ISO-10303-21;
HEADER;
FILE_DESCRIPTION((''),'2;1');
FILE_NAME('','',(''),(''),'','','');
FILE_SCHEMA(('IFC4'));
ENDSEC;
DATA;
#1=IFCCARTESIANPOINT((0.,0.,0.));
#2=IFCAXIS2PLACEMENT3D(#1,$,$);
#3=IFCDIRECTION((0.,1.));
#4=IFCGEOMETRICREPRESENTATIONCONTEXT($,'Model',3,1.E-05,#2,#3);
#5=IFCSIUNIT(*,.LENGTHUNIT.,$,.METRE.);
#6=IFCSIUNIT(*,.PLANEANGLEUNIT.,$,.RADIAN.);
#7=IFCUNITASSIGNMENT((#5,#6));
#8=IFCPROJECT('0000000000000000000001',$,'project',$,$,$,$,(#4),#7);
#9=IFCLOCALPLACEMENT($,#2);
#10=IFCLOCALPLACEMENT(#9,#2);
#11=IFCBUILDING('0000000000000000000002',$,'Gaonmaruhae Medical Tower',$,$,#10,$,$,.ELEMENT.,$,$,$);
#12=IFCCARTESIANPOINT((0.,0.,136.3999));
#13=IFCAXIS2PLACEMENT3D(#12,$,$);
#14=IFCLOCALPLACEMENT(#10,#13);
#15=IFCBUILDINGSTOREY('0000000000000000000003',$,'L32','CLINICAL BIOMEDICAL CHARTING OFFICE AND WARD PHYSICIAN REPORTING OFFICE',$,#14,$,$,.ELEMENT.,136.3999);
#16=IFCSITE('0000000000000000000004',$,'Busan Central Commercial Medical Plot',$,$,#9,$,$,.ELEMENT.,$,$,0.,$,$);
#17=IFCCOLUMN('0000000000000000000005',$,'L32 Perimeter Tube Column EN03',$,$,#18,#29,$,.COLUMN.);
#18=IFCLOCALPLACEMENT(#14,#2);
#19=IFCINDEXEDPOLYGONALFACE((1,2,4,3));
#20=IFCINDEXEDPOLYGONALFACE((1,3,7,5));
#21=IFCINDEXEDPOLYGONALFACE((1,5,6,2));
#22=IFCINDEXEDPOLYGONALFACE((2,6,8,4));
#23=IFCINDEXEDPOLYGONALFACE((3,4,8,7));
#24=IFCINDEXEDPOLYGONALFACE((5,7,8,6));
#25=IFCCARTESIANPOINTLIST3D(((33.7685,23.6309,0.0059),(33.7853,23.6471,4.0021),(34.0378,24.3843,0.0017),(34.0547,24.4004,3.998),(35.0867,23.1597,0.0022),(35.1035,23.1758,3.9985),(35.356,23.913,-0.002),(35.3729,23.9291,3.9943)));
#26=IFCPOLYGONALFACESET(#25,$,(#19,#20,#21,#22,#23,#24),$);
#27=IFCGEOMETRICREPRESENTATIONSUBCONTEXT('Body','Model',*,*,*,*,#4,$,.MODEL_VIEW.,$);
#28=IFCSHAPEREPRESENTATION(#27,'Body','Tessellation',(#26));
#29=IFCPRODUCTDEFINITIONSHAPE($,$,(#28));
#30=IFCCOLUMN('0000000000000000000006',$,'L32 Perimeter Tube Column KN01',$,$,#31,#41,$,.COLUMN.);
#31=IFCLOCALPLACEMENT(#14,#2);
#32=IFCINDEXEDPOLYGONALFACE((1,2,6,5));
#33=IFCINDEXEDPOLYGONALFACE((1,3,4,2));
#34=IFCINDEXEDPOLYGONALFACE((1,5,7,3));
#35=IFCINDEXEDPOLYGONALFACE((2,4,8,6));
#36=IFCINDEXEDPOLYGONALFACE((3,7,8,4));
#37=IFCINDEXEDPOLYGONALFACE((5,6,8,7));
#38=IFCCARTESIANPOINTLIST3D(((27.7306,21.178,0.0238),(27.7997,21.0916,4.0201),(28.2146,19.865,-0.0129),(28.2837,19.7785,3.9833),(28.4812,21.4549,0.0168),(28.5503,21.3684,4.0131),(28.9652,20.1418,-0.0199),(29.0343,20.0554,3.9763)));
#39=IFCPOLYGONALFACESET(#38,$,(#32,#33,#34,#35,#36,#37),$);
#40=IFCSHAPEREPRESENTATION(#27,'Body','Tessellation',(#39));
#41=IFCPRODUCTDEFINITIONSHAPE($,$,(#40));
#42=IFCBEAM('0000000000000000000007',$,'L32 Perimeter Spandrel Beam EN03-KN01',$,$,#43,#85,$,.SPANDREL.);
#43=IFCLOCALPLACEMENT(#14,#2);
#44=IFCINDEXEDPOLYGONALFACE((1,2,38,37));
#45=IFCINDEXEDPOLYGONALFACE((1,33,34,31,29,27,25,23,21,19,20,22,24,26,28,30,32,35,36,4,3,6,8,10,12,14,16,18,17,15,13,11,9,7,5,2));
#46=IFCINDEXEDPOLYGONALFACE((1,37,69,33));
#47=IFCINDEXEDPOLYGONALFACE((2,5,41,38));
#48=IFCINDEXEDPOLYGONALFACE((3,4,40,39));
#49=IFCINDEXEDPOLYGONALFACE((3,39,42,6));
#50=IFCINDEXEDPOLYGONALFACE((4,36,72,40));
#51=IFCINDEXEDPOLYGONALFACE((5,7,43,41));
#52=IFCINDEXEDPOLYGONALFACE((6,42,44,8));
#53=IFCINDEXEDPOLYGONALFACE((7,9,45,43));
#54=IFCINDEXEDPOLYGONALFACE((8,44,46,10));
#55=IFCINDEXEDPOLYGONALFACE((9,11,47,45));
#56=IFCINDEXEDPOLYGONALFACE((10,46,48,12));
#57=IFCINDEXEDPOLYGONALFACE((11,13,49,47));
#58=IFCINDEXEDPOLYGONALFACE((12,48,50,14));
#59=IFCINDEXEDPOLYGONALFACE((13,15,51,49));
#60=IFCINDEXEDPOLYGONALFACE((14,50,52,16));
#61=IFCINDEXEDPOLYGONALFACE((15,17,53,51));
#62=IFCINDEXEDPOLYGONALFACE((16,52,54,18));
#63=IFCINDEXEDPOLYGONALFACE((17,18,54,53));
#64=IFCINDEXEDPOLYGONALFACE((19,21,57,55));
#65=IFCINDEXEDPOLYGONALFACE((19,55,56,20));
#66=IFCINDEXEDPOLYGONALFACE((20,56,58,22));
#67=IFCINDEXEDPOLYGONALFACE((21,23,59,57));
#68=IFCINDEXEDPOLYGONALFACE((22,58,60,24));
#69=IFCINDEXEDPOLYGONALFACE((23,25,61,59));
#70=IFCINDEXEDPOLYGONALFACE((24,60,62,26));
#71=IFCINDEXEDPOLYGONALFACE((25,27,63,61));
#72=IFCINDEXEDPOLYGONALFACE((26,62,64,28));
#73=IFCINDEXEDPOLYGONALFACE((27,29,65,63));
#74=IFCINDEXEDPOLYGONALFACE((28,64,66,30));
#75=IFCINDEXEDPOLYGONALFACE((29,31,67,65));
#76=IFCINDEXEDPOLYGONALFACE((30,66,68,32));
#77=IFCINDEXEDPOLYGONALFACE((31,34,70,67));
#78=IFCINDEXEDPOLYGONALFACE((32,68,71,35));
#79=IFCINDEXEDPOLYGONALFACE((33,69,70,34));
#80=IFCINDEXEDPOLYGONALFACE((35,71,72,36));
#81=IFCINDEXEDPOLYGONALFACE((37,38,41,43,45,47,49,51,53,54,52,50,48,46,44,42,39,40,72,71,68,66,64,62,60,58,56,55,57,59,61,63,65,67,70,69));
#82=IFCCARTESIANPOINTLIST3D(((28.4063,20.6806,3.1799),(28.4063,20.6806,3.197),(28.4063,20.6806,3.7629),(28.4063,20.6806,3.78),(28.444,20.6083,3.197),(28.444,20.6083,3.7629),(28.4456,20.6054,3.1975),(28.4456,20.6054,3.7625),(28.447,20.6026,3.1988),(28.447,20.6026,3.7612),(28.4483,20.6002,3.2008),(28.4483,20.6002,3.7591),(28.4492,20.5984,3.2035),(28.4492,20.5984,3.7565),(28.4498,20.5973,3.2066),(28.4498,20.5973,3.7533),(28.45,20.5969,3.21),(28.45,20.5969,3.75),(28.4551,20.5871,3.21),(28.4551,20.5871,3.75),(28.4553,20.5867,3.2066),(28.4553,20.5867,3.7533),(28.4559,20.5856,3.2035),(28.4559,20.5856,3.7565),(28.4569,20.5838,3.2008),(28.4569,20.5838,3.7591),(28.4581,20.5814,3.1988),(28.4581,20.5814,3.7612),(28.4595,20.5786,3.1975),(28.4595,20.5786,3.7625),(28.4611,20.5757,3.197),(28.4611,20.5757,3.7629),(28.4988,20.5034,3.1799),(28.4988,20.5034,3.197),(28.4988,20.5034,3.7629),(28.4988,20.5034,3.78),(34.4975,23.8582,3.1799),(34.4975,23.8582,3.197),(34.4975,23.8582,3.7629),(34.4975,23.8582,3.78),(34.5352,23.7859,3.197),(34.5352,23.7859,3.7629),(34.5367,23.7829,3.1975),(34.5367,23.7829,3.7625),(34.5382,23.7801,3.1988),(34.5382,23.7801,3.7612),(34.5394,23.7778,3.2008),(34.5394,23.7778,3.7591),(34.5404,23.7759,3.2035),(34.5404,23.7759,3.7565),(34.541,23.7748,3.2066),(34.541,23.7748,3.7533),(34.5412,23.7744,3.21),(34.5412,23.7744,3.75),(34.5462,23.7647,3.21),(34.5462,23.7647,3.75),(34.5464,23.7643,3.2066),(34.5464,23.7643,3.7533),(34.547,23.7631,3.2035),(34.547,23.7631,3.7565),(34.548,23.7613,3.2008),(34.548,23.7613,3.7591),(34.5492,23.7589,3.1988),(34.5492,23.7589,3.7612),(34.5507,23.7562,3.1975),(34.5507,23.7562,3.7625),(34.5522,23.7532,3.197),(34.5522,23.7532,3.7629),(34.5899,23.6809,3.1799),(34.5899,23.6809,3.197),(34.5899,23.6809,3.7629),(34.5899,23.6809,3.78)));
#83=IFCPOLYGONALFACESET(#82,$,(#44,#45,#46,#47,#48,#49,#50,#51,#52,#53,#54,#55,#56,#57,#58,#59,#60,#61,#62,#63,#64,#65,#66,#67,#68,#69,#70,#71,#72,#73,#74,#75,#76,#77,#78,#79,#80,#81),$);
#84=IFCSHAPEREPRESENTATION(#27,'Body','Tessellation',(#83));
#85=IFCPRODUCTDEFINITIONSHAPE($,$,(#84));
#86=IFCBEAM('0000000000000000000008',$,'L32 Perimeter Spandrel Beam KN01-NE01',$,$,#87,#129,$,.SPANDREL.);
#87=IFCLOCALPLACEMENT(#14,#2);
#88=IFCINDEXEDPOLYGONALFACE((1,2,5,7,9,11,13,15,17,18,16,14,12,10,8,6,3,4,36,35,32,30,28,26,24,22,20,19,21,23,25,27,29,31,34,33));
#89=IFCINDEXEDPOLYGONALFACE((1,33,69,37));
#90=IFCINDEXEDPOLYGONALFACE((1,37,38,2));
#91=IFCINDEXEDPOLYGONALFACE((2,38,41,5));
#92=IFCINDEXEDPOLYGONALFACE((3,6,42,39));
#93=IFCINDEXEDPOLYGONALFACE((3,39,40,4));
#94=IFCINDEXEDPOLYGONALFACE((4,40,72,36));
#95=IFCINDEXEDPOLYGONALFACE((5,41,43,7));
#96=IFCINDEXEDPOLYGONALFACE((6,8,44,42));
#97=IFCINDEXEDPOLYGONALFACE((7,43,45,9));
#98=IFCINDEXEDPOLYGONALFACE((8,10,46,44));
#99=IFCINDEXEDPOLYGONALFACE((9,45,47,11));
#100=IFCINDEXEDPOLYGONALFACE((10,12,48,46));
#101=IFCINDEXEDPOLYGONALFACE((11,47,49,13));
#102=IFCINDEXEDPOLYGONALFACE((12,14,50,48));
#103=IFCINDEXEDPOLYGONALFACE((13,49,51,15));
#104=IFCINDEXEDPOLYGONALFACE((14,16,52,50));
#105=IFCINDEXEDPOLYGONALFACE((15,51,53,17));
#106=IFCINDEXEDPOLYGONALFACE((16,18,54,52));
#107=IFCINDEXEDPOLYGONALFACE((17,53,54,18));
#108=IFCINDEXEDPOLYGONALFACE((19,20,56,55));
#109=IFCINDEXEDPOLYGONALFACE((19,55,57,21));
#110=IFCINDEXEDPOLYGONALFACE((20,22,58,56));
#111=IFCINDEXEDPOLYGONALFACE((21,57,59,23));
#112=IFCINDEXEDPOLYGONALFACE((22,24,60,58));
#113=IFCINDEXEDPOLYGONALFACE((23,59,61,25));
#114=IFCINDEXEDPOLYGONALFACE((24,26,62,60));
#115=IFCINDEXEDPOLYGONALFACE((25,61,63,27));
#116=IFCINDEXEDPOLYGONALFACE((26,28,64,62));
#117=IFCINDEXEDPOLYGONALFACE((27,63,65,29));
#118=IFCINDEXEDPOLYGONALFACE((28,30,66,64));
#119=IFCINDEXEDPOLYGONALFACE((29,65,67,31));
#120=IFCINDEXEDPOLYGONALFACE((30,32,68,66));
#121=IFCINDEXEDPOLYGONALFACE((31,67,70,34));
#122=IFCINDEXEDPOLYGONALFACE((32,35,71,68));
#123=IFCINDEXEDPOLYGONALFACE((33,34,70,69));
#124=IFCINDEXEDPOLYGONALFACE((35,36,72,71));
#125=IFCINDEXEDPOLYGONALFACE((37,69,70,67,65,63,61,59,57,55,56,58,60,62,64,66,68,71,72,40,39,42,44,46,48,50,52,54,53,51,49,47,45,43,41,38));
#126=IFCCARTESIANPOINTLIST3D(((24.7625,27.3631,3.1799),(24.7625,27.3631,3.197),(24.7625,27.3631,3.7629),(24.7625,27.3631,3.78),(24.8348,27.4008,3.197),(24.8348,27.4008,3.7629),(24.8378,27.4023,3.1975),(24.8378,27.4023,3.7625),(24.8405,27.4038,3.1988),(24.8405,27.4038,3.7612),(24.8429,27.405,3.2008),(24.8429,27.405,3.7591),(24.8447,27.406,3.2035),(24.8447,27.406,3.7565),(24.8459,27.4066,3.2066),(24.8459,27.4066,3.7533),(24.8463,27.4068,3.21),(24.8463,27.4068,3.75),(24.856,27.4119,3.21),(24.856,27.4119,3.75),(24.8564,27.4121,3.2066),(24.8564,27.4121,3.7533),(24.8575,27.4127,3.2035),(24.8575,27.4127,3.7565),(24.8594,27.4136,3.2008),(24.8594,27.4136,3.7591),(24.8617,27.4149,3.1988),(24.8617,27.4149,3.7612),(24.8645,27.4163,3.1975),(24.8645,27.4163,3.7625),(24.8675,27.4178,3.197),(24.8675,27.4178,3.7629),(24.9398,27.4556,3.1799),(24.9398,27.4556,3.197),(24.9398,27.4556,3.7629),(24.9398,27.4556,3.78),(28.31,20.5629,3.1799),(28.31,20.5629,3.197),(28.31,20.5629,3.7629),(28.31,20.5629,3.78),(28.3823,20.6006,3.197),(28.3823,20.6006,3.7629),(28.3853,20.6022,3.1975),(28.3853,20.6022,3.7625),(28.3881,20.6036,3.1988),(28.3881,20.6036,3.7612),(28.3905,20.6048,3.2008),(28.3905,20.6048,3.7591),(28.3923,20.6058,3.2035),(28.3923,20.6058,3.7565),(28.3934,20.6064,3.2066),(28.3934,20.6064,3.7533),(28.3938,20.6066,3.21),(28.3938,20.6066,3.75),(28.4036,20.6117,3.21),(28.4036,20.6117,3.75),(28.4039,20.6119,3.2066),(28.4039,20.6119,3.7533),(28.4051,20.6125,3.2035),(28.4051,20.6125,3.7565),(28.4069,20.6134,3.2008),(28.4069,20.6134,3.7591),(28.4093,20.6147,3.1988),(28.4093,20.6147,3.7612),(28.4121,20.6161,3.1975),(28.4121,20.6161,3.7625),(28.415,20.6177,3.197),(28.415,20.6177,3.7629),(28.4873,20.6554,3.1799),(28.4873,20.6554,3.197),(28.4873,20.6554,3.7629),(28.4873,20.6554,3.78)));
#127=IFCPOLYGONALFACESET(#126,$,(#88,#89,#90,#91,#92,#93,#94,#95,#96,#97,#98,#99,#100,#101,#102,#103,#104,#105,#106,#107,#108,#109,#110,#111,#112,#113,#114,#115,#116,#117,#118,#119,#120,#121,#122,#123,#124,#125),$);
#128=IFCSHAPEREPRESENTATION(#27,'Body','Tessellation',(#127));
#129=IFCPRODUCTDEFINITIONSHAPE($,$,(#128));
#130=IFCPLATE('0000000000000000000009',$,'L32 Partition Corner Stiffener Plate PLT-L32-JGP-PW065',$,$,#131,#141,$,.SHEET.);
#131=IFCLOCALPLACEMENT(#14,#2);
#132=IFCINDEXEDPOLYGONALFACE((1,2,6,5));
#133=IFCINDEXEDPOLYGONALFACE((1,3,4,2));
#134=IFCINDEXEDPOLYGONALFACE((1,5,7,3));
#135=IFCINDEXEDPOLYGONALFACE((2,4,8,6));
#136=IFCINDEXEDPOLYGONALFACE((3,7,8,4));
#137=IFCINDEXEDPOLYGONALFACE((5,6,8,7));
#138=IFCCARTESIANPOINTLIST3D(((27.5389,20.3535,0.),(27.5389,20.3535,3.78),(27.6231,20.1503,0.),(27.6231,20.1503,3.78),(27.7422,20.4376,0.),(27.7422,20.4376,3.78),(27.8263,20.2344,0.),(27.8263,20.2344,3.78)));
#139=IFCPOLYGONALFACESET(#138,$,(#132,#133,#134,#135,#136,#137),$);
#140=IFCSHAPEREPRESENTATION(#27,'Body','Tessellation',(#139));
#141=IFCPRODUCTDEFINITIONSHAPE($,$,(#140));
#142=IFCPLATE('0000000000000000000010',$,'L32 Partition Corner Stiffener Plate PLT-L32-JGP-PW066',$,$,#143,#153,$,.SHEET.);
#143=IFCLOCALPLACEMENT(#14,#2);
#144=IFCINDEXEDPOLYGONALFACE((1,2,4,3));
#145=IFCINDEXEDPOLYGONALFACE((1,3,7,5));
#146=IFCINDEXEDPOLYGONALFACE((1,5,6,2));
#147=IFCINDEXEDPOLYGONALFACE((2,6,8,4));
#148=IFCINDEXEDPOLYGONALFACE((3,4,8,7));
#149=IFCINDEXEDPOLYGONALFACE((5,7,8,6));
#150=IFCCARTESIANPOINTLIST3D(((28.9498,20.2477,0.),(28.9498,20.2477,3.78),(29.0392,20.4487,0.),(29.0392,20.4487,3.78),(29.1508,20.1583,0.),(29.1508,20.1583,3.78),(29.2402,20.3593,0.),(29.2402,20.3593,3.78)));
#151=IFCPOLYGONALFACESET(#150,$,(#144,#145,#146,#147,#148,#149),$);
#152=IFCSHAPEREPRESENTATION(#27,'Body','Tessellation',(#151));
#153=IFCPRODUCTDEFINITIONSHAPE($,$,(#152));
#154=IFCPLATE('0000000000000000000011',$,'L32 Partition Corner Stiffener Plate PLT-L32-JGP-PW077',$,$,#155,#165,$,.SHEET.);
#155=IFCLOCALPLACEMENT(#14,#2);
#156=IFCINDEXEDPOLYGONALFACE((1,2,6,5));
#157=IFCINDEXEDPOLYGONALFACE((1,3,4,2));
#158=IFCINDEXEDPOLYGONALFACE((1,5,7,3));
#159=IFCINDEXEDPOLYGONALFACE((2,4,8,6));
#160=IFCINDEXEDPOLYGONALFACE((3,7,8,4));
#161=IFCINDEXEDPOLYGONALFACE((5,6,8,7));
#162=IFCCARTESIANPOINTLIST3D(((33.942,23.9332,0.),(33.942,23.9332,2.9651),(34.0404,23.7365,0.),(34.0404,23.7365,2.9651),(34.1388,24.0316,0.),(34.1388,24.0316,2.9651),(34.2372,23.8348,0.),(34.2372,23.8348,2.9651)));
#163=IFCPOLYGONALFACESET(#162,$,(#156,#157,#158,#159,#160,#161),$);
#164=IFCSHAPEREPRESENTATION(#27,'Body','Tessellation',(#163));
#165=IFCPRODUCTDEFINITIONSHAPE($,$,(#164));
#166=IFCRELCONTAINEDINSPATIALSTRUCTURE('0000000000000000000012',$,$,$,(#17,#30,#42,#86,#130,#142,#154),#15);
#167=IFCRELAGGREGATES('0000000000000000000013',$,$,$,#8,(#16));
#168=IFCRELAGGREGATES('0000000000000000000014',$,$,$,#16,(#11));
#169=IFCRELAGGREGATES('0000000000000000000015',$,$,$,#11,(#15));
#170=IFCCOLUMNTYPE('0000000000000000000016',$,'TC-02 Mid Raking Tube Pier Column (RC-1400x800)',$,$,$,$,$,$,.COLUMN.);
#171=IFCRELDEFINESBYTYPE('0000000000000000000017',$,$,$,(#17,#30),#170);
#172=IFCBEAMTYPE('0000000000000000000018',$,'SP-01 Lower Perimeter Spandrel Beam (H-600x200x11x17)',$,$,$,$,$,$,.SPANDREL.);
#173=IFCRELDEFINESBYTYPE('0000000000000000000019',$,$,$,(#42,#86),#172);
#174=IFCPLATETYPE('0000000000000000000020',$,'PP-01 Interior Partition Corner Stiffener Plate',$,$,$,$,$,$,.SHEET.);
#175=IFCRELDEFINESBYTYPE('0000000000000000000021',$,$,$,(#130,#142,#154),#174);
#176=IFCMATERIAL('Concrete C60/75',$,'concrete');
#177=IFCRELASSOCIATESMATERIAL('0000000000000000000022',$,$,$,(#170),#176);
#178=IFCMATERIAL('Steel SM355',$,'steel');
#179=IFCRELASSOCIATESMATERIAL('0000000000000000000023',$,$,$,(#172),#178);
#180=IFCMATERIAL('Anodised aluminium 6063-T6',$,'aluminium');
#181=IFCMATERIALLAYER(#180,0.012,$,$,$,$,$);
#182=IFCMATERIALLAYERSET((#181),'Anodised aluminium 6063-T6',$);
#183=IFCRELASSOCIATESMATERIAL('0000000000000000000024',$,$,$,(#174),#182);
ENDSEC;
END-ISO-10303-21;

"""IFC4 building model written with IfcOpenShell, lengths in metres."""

from ifc_helpers import new_model, si_unit, direction, frame, origin, origin_2d, place, context, subcontext, project, spatial, rectangle, i_section, extrude, material, layer, layer_set, material_profile, profile_set, type_object, element, save


model = new_model("IFC4")

# Units and contexts
model_context = context("Model", 3, precision=1e-05, world=origin(), true_north=direction((0.0, 1.0)))
body_context = subcontext(model_context, "Body", "Model", "MODEL_VIEW")
ifc_project = project(units=[si_unit("LENGTHUNIT", "METRE"), si_unit("PLANEANGLEUNIT", "RADIAN")], contexts=[model_context])

# Site, building, storey
site_placement = place(None, origin())
site = spatial("IfcSite", under=ifc_project, at=site_placement, Name="Busan Central Commercial Medical Plot", CompositionType="ELEMENT", RefElevation=0.0)
building_placement = place(site_placement, origin())
building = spatial("IfcBuilding", under=site, at=building_placement, Name="Gaonmaruhae Medical Tower", CompositionType="ELEMENT")
storey_placement = place(building_placement, frame((0.0, 0.0, 136.3999)))
storey = spatial("IfcBuildingStorey", under=building, at=storey_placement, Name="L32", Description="CLINICAL BIOMEDICAL CHARTING OFFICE AND WARD PHYSICIAN REPORTING OFFICE", CompositionType="ELEMENT", Elevation=136.3999)

# Columns
ifc_material_1 = material(Name="Concrete C60/75", Category="concrete")
ifc_material_profile_1 = material_profile(ifc_material_1, rectangle(XDim=1.3999, YDim=0.8, at=origin_2d()), Name="RC-1400x800")
ifc_profile_set_1 = profile_set([ifc_material_profile_1], Name="Concrete C60/75")
column_type = type_object("IfcColumnType", Name="TC-02 Mid Raking Tube Pier Column (RC-1400x800)", PredefinedType="COLUMN", material=ifc_profile_set_1)
column_1_placement = place(storey_placement, frame((34.5623, 23.772, 0.002), z_axis=(0.004215, 0.004032, 0.999983), x_axis=(-0.941624, 0.336657, 0.002612)))
element("IfcColumn", 1, at=column_1_placement, inside=storey, type_object=column_type, Name="L32 Perimeter Tube Column EN03", PredefinedType="COLUMN", context=body_context, shape_type="SweptSolid", body=[
    extrude(rectangle(XDim=1.3999, YDim=0.8, at=origin_2d()), origin(), (0.0, 0.0, 1.0), 3.9963),
])
column_2_placement = place(storey_placement, frame((28.3479, 20.6599, 0.002), z_axis=(0.017282, -0.021618, 0.999617), x_axis=(-0.345727, 0.937967, 0.026262)))
element("IfcColumn", 2, at=column_2_placement, inside=storey, type_object=column_type, Name="L32 Perimeter Tube Column KN01", PredefinedType="COLUMN", context=body_context, shape_type="SweptSolid", body=[
    extrude(rectangle(XDim=1.3999, YDim=0.8, at=origin_2d()), origin(), (0.0, 0.0, 1.0), 3.9978),
])

# Beams
ifc_material_2 = material(Name="Steel SM355", Category="steel")
ifc_material_profile_2 = material_profile(ifc_material_2, i_section(OverallWidth=0.2, OverallDepth=0.6001, WebThickness=0.011, FlangeThickness=0.0171, FilletRadius=0.0129, at=origin_2d()), Name="H-600x200x11x17")
ifc_profile_set_2 = profile_set([ifc_material_profile_2], Name="Steel SM355")
beam_type = type_object("IfcBeamType", Name="SP-01 Lower Perimeter Spandrel Beam (H-600x200x11x17)", PredefinedType="SPANDREL", material=ifc_profile_set_2)
beam_1_placement = place(storey_placement, frame((34.5437, 23.7695, 3.48), z_axis=(-0.886612, -0.462514, 0.0), x_axis=(0.462514, -0.886612, 0.0)))
element("IfcBeam", 3, at=beam_1_placement, inside=storey, type_object=beam_type, Name="L32 Perimeter Spandrel Beam EN03-KN01", PredefinedType="SPANDREL", context=body_context, shape_type="SweptSolid", body=[
    extrude(i_section(OverallWidth=0.2, OverallDepth=0.6001, WebThickness=0.011, FlangeThickness=0.0171, FilletRadius=0.0129, at=origin_2d()), origin(), (0.0, 0.0, 1.0), 6.8701),
])
beam_2_placement = place(storey_placement, frame((28.3987, 20.6091, 3.48), z_axis=(-0.462528, 0.886605, 0.0), x_axis=(-0.886605, -0.462528, 0.0)))
element("IfcBeam", 4, at=beam_2_placement, inside=storey, type_object=beam_type, Name="L32 Perimeter Spandrel Beam KN01-NE01", PredefinedType="SPANDREL", context=body_context, shape_type="SweptSolid", body=[
    extrude(i_section(OverallWidth=0.2, OverallDepth=0.6001, WebThickness=0.011, FlangeThickness=0.0171, FilletRadius=0.0129, at=origin_2d()), origin(), (0.0, 0.0, 1.0), 7.6699),
])

# Plates
ifc_material_3 = material(Name="Anodised aluminium 6063-T6", Category="aluminium")
ifc_layer_1 = layer(ifc_material_3, 0.012)
ifc_layer_set_1 = layer_set([ifc_layer_1], Name="Anodised aluminium 6063-T6")
plate_type = type_object("IfcPlateType", Name="PP-01 Interior Partition Corner Stiffener Plate", PredefinedType="SHEET", material=ifc_layer_set_1)
for number, where, z_axis, x_axis, name in (
    (5, (27.6826, 20.2939, 0.0), (0.0, 0.0, 1.0), (-0.382409, 0.923993, 0.0), "L32 Partition Corner Stiffener Plate PLT-L32-JGP-PW065"),
    (6, (29.095, 20.3035, 0.0), (0.0, 0.0, 1.0), (-0.40645, -0.913673, 0.0), "L32 Partition Corner Stiffener Plate PLT-L32-JGP-PW066"),
):
    element("IfcPlate", number, at=place(storey_placement, frame(where, z_axis=z_axis, x_axis=x_axis)), inside=storey, type_object=plate_type, Name=name, PredefinedType="SHEET", context=body_context, shape_type="SweptSolid", body=[
        extrude(rectangle(XDim=0.22, YDim=0.22, at=origin_2d()), origin(), (0.0, 0.0, 1.0), 3.78),
    ])
plate_placement = place(storey_placement, frame((34.0896, 23.884, 0.0), z_axis=(0.0, 0.0, 1.0), x_axis=(-0.447213, 0.894428, 0.0)))
element("IfcPlate", 7, at=plate_placement, inside=storey, type_object=plate_type, Name="L32 Partition Corner Stiffener Plate PLT-L32-JGP-PW077", PredefinedType="SHEET", context=body_context, shape_type="SweptSolid", body=[
    extrude(rectangle(XDim=0.22, YDim=0.22, at=origin_2d()), origin(), (0.0, 0.0, 1.0), 2.9651),
])

save(model, "model.ifc")
